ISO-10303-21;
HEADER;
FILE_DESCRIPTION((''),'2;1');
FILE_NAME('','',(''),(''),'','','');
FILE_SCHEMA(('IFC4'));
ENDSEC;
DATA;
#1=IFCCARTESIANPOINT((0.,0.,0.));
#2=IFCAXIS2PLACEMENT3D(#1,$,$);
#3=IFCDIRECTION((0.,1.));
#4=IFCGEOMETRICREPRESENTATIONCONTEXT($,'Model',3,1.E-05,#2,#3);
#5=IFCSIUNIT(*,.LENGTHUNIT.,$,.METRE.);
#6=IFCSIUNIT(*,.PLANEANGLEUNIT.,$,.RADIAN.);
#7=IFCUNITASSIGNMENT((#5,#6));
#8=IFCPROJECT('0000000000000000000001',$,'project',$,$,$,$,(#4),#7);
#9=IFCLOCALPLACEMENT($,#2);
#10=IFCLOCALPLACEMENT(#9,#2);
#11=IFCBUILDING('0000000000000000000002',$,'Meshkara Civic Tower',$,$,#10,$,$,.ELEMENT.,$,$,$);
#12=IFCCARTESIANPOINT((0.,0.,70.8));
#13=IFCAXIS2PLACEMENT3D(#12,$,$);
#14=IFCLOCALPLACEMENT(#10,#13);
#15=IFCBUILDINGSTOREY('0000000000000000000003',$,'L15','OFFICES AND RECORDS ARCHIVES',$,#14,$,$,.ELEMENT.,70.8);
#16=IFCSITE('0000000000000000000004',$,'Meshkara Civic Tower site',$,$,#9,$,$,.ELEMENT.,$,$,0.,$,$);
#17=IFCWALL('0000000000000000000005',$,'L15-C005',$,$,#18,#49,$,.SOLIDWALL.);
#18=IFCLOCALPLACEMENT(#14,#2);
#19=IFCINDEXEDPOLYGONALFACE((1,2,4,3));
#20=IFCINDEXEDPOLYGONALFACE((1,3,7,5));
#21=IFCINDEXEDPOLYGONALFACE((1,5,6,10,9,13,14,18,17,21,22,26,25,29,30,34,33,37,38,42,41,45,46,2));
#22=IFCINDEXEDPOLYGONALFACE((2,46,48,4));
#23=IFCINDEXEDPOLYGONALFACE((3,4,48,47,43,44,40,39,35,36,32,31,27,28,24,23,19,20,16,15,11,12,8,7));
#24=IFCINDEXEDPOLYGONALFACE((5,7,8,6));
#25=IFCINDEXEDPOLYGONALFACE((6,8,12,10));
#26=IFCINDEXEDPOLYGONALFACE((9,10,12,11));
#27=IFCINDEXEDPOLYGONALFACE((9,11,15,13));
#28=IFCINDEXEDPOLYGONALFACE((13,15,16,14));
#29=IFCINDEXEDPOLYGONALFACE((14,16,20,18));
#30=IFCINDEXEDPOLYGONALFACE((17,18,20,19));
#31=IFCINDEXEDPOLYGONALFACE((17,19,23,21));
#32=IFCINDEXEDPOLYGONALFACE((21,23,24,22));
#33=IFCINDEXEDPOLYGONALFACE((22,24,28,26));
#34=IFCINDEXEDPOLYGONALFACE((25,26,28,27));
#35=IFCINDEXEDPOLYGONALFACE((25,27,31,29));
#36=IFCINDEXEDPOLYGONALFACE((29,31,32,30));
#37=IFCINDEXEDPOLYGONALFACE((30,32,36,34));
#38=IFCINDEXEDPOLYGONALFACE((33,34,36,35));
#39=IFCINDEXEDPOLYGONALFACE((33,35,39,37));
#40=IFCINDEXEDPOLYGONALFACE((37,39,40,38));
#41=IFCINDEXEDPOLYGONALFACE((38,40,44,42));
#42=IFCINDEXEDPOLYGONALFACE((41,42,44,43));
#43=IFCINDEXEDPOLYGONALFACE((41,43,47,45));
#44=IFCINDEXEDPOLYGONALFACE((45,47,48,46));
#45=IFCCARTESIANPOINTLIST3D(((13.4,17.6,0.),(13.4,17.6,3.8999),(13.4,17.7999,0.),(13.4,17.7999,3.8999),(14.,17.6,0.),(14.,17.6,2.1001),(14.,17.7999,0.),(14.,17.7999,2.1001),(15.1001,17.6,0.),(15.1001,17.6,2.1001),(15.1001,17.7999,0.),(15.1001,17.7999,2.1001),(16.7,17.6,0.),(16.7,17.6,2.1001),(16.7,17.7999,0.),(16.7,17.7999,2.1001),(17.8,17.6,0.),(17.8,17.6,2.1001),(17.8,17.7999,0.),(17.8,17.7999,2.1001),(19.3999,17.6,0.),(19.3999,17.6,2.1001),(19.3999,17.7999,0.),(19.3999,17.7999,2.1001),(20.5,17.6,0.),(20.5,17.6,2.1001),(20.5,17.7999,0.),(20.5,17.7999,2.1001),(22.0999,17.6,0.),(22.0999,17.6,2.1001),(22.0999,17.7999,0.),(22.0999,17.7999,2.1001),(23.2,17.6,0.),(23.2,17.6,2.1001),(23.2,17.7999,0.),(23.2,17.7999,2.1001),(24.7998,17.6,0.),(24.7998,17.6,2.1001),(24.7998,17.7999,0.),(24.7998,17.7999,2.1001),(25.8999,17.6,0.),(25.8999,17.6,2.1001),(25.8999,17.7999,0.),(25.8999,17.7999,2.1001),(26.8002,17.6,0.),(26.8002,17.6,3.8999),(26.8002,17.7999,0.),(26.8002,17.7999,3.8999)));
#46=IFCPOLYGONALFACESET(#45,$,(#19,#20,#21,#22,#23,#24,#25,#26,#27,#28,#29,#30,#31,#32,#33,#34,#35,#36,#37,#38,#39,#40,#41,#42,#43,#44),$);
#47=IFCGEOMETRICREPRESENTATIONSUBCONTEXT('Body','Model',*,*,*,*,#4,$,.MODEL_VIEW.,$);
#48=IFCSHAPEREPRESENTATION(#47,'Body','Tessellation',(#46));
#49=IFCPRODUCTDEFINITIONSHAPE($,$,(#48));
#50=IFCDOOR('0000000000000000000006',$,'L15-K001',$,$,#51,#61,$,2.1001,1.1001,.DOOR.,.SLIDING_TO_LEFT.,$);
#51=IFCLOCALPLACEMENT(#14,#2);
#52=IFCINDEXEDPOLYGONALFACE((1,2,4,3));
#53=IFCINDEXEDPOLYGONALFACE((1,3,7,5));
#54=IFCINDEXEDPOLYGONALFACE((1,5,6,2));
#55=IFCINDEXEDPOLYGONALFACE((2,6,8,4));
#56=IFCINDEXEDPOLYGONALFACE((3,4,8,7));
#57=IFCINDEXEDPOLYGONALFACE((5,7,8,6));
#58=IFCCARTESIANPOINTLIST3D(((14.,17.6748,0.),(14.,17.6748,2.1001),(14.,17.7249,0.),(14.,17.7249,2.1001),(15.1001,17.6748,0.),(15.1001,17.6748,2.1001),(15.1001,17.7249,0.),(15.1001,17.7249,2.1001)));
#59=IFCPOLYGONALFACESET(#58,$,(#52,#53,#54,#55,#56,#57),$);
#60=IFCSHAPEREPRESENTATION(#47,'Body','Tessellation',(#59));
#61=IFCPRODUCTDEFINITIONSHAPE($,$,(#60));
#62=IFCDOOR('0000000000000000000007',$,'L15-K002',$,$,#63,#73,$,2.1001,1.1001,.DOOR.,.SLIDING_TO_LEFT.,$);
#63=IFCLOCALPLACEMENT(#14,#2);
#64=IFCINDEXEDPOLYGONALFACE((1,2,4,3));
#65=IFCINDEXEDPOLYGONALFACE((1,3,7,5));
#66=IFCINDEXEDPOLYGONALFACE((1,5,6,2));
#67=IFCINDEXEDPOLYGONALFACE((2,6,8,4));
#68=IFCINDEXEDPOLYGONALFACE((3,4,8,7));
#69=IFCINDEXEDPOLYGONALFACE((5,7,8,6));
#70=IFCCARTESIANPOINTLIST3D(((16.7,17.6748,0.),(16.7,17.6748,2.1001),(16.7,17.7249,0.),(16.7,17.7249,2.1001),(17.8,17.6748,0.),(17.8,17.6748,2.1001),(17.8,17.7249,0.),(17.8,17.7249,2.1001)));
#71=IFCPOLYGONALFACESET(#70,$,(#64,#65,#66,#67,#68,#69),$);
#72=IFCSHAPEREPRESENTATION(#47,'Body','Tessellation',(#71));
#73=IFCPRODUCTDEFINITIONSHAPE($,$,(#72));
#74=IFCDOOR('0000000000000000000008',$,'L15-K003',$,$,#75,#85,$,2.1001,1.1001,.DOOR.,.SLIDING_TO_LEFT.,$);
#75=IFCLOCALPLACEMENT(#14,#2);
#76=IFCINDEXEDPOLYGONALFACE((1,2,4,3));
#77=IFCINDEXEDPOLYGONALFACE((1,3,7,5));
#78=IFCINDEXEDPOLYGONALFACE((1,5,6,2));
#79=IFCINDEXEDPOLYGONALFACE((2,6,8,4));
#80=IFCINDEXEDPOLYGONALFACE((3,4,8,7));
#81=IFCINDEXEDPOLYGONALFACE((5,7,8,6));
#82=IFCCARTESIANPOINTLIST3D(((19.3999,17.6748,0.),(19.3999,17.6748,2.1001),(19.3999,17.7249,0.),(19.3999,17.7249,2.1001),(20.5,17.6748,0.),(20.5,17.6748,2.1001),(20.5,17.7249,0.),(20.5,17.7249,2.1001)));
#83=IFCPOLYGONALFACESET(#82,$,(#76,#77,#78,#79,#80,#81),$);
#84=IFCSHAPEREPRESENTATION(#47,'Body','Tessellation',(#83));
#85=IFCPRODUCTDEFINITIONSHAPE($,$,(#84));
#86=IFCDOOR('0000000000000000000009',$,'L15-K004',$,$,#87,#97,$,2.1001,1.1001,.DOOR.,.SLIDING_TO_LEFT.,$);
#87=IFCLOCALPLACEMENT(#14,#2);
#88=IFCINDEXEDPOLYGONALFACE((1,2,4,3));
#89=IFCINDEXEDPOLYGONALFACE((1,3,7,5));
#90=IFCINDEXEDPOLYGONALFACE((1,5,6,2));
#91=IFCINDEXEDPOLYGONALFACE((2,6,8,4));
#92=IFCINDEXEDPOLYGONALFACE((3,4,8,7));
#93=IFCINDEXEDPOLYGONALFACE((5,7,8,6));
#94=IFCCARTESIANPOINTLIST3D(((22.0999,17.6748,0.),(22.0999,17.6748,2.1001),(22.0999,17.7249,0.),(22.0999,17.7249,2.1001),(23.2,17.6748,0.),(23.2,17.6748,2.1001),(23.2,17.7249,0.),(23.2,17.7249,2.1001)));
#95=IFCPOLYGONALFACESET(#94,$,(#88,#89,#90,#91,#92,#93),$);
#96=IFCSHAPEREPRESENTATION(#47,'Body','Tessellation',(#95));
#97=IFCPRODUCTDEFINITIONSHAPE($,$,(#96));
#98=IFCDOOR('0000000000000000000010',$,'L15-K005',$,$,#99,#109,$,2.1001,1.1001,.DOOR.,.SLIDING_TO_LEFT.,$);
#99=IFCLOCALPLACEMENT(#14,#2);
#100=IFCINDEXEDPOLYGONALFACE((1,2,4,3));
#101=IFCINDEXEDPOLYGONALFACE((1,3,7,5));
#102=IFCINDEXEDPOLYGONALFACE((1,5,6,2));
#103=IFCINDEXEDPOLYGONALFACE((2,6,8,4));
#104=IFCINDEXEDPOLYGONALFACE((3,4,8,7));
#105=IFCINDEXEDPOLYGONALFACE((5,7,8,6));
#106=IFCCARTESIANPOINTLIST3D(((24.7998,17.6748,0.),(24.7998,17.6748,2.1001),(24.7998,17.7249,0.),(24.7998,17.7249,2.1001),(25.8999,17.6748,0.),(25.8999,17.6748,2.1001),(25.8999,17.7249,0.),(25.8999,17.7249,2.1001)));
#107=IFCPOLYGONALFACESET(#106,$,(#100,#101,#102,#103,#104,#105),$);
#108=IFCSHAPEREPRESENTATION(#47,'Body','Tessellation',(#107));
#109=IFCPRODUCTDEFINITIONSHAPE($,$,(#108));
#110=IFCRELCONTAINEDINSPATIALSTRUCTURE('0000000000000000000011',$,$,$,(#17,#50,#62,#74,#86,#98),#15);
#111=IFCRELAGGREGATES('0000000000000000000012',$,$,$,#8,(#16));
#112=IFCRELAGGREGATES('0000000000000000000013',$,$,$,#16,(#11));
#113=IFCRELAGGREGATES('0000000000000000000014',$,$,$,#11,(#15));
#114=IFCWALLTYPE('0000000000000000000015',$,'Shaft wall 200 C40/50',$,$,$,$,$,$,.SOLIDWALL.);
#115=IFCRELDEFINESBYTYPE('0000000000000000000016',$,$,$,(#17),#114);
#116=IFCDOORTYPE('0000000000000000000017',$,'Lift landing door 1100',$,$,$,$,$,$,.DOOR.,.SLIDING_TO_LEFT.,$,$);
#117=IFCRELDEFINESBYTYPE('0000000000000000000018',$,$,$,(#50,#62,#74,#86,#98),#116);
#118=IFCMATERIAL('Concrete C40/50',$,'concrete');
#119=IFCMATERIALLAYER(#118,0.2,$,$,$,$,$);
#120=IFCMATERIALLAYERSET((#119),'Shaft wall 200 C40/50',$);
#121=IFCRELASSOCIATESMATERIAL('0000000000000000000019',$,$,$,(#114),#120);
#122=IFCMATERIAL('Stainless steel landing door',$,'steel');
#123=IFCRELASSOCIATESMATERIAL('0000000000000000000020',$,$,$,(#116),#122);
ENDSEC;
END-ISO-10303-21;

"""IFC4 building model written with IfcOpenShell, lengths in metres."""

from ifc_helpers import new_model, si_unit, direction, frame, frame_2d, origin, place, context, subcontext, project, spatial, rectangle, extrude, material, layer, layer_set, type_object, element, fill, save


model = new_model("IFC4")

# Units and contexts
model_context = context("Model", 3, precision=1e-05, world=origin(), true_north=direction((0.0, 1.0)))
body_context = subcontext(model_context, "Body", "Model", "MODEL_VIEW")
ifc_project = project(units=[si_unit("LENGTHUNIT", "METRE"), si_unit("PLANEANGLEUNIT", "RADIAN")], contexts=[model_context])

# Site, building, storey
site_placement = place(None, origin())
site = spatial("IfcSite", under=ifc_project, at=site_placement, Name="Meshkara Civic Tower site", CompositionType="ELEMENT", RefElevation=0.0)
building_placement = place(site_placement, origin())
building = spatial("IfcBuilding", under=site, at=building_placement, Name="Meshkara Civic Tower", CompositionType="ELEMENT")
storey_placement = place(building_placement, frame((0.0, 0.0, 70.8)))
storey = spatial("IfcBuildingStorey", under=building, at=storey_placement, Name="L15", Description="OFFICES AND RECORDS ARCHIVES", CompositionType="ELEMENT", Elevation=70.8)

# Wall, openings, doors
ifc_material_1 = material(Name="Concrete C40/50", Category="concrete")
ifc_layer_1 = layer(ifc_material_1, 0.2)
ifc_layer_set_1 = layer_set([ifc_layer_1], Name="Shaft wall 200 C40/50")
wall_type_1 = type_object("IfcWallType", Name="Shaft wall 200 C40/50", PredefinedType="SOLIDWALL", material=ifc_layer_set_1)
wall_1_placement = place(storey_placement, frame((13.3999, 17.7, 0.0), z_axis=(0.0, 0.0, 1.0), x_axis=(1.0, 0.0, 0.0)))
wall_1 = element("IfcWall", 1, at=wall_1_placement, inside=storey, type_object=wall_type_1, Name="L15-C005", PredefinedType="SOLIDWALL", context=body_context, shape_type="SweptSolid", body=[
    extrude(rectangle(XDim=13.4001, YDim=0.2, at=frame_2d((6.7002, 0.0))), origin(), (0.0, 0.0, 1.0), 3.8999),
])
opening_1_placement = place(wall_1_placement, frame((0.6001, 0.0, 0.0)))
opening_1 = element("IfcOpeningElement", 2, at=opening_1_placement, cuts=wall_1, PredefinedType="OPENING", context=body_context, shape_type="SweptSolid", body=[
    extrude(rectangle(XDim=1.1001, YDim=2.1001, at=frame_2d((0.55, 1.05))), frame((0.0, 0.1099, 0.0), z_axis=(0.0, -1.0, 0.0), x_axis=(1.0, 0.0, 0.0)), (0.0, 0.0, 1.0), 0.22),
])
opening_2_placement = place(wall_1_placement, frame((3.3, 0.0, 0.0)))
opening_2 = element("IfcOpeningElement", 3, at=opening_2_placement, cuts=wall_1, PredefinedType="OPENING", context=body_context, shape_type="SweptSolid", body=[
    extrude(rectangle(XDim=1.1001, YDim=2.1001, at=frame_2d((0.55, 1.05))), frame((0.0, 0.1099, 0.0), z_axis=(0.0, -1.0, 0.0), x_axis=(1.0, 0.0, 0.0)), (0.0, 0.0, 1.0), 0.22),
])
opening_3_placement = place(wall_1_placement, frame((6.0, 0.0, 0.0)))
opening_3 = element("IfcOpeningElement", 4, at=opening_3_placement, cuts=wall_1, PredefinedType="OPENING", context=body_context, shape_type="SweptSolid", body=[
    extrude(rectangle(XDim=1.1001, YDim=2.1001, at=frame_2d((0.55, 1.05))), frame((0.0, 0.1099, 0.0), z_axis=(0.0, -1.0, 0.0), x_axis=(1.0, 0.0, 0.0)), (0.0, 0.0, 1.0), 0.22),
])
opening_4_placement = place(wall_1_placement, frame((8.7, 0.0, 0.0)))
opening_4 = element("IfcOpeningElement", 5, at=opening_4_placement, cuts=wall_1, PredefinedType="OPENING", context=body_context, shape_type="SweptSolid", body=[
    extrude(rectangle(XDim=1.1001, YDim=2.1001, at=frame_2d((0.55, 1.05))), frame((0.0, 0.1099, 0.0), z_axis=(0.0, -1.0, 0.0), x_axis=(1.0, 0.0, 0.0)), (0.0, 0.0, 1.0), 0.22),
])
opening_5_placement = place(wall_1_placement, frame((11.3999, 0.0, 0.0)))
opening_5 = element("IfcOpeningElement", 6, at=opening_5_placement, cuts=wall_1, PredefinedType="OPENING", context=body_context, shape_type="SweptSolid", body=[
    extrude(rectangle(XDim=1.1001, YDim=2.1001, at=frame_2d((0.55, 1.05))), frame((0.0, 0.1099, 0.0), z_axis=(0.0, -1.0, 0.0), x_axis=(1.0, 0.0, 0.0)), (0.0, 0.0, 1.0), 0.22),
])
ifc_material_2 = material(Name="Stainless steel landing door", Category="steel")
door_type_1 = type_object("IfcDoorType", Name="Lift landing door 1100", OperationType="SLIDING_TO_LEFT", PredefinedType="DOOR", material=ifc_material_2)
door_1_placement = place(opening_1_placement, origin())
door_1 = element("IfcDoor", 7, at=door_1_placement, inside=storey, type_object=door_type_1, Name="L15-K001", OperationType="SLIDING_TO_LEFT", OverallHeight=2.1001, OverallWidth=1.1001, PredefinedType="DOOR", context=body_context, shape_type="SweptSolid", body=[
    extrude(rectangle(XDim=1.1001, YDim=2.1001, at=frame_2d((0.55, 1.05))), frame((0.0, 0.0249, 0.0), z_axis=(0.0, -1.0, 0.0), x_axis=(1.0, 0.0, 0.0)), (0.0, 0.0, 1.0), 0.05),
])
fill(opening_1, door_1)
door_2_placement = place(opening_2_placement, origin())
door_2 = element("IfcDoor", 8, at=door_2_placement, inside=storey, type_object=door_type_1, Name="L15-K002", OperationType="SLIDING_TO_LEFT", OverallHeight=2.1001, OverallWidth=1.1001, PredefinedType="DOOR", context=body_context, shape_type="SweptSolid", body=[
    extrude(rectangle(XDim=1.1001, YDim=2.1001, at=frame_2d((0.55, 1.05))), frame((0.0, 0.0249, 0.0), z_axis=(0.0, -1.0, 0.0), x_axis=(1.0, 0.0, 0.0)), (0.0, 0.0, 1.0), 0.05),
])
fill(opening_2, door_2)
door_3_placement = place(opening_3_placement, origin())
door_3 = element("IfcDoor", 9, at=door_3_placement, inside=storey, type_object=door_type_1, Name="L15-K003", OperationType="SLIDING_TO_LEFT", OverallHeight=2.1001, OverallWidth=1.1001, PredefinedType="DOOR", context=body_context, shape_type="SweptSolid", body=[
    extrude(rectangle(XDim=1.1001, YDim=2.1001, at=frame_2d((0.55, 1.05))), frame((0.0, 0.0249, 0.0), z_axis=(0.0, -1.0, 0.0), x_axis=(1.0, 0.0, 0.0)), (0.0, 0.0, 1.0), 0.05),
])
fill(opening_3, door_3)
door_4_placement = place(opening_4_placement, origin())
door_4 = element("IfcDoor", 10, at=door_4_placement, inside=storey, type_object=door_type_1, Name="L15-K004", OperationType="SLIDING_TO_LEFT", OverallHeight=2.1001, OverallWidth=1.1001, PredefinedType="DOOR", context=body_context, shape_type="SweptSolid", body=[
    extrude(rectangle(XDim=1.1001, YDim=2.1001, at=frame_2d((0.55, 1.05))), frame((0.0, 0.0249, 0.0), z_axis=(0.0, -1.0, 0.0), x_axis=(1.0, 0.0, 0.0)), (0.0, 0.0, 1.0), 0.05),
])
fill(opening_4, door_4)
door_5_placement = place(opening_5_placement, origin())
door_5 = element("IfcDoor", 11, at=door_5_placement, inside=storey, type_object=door_type_1, Name="L15-K005", OperationType="SLIDING_TO_LEFT", OverallHeight=2.1001, OverallWidth=1.1001, PredefinedType="DOOR", context=body_context, shape_type="SweptSolid", body=[
    extrude(rectangle(XDim=1.1001, YDim=2.1001, at=frame_2d((0.55, 1.05))), frame((0.0, 0.0249, 0.0), z_axis=(0.0, -1.0, 0.0), x_axis=(1.0, 0.0, 0.0)), (0.0, 0.0, 1.0), 0.05),
])
fill(opening_5, door_5)

save(model, "model.ifc")
